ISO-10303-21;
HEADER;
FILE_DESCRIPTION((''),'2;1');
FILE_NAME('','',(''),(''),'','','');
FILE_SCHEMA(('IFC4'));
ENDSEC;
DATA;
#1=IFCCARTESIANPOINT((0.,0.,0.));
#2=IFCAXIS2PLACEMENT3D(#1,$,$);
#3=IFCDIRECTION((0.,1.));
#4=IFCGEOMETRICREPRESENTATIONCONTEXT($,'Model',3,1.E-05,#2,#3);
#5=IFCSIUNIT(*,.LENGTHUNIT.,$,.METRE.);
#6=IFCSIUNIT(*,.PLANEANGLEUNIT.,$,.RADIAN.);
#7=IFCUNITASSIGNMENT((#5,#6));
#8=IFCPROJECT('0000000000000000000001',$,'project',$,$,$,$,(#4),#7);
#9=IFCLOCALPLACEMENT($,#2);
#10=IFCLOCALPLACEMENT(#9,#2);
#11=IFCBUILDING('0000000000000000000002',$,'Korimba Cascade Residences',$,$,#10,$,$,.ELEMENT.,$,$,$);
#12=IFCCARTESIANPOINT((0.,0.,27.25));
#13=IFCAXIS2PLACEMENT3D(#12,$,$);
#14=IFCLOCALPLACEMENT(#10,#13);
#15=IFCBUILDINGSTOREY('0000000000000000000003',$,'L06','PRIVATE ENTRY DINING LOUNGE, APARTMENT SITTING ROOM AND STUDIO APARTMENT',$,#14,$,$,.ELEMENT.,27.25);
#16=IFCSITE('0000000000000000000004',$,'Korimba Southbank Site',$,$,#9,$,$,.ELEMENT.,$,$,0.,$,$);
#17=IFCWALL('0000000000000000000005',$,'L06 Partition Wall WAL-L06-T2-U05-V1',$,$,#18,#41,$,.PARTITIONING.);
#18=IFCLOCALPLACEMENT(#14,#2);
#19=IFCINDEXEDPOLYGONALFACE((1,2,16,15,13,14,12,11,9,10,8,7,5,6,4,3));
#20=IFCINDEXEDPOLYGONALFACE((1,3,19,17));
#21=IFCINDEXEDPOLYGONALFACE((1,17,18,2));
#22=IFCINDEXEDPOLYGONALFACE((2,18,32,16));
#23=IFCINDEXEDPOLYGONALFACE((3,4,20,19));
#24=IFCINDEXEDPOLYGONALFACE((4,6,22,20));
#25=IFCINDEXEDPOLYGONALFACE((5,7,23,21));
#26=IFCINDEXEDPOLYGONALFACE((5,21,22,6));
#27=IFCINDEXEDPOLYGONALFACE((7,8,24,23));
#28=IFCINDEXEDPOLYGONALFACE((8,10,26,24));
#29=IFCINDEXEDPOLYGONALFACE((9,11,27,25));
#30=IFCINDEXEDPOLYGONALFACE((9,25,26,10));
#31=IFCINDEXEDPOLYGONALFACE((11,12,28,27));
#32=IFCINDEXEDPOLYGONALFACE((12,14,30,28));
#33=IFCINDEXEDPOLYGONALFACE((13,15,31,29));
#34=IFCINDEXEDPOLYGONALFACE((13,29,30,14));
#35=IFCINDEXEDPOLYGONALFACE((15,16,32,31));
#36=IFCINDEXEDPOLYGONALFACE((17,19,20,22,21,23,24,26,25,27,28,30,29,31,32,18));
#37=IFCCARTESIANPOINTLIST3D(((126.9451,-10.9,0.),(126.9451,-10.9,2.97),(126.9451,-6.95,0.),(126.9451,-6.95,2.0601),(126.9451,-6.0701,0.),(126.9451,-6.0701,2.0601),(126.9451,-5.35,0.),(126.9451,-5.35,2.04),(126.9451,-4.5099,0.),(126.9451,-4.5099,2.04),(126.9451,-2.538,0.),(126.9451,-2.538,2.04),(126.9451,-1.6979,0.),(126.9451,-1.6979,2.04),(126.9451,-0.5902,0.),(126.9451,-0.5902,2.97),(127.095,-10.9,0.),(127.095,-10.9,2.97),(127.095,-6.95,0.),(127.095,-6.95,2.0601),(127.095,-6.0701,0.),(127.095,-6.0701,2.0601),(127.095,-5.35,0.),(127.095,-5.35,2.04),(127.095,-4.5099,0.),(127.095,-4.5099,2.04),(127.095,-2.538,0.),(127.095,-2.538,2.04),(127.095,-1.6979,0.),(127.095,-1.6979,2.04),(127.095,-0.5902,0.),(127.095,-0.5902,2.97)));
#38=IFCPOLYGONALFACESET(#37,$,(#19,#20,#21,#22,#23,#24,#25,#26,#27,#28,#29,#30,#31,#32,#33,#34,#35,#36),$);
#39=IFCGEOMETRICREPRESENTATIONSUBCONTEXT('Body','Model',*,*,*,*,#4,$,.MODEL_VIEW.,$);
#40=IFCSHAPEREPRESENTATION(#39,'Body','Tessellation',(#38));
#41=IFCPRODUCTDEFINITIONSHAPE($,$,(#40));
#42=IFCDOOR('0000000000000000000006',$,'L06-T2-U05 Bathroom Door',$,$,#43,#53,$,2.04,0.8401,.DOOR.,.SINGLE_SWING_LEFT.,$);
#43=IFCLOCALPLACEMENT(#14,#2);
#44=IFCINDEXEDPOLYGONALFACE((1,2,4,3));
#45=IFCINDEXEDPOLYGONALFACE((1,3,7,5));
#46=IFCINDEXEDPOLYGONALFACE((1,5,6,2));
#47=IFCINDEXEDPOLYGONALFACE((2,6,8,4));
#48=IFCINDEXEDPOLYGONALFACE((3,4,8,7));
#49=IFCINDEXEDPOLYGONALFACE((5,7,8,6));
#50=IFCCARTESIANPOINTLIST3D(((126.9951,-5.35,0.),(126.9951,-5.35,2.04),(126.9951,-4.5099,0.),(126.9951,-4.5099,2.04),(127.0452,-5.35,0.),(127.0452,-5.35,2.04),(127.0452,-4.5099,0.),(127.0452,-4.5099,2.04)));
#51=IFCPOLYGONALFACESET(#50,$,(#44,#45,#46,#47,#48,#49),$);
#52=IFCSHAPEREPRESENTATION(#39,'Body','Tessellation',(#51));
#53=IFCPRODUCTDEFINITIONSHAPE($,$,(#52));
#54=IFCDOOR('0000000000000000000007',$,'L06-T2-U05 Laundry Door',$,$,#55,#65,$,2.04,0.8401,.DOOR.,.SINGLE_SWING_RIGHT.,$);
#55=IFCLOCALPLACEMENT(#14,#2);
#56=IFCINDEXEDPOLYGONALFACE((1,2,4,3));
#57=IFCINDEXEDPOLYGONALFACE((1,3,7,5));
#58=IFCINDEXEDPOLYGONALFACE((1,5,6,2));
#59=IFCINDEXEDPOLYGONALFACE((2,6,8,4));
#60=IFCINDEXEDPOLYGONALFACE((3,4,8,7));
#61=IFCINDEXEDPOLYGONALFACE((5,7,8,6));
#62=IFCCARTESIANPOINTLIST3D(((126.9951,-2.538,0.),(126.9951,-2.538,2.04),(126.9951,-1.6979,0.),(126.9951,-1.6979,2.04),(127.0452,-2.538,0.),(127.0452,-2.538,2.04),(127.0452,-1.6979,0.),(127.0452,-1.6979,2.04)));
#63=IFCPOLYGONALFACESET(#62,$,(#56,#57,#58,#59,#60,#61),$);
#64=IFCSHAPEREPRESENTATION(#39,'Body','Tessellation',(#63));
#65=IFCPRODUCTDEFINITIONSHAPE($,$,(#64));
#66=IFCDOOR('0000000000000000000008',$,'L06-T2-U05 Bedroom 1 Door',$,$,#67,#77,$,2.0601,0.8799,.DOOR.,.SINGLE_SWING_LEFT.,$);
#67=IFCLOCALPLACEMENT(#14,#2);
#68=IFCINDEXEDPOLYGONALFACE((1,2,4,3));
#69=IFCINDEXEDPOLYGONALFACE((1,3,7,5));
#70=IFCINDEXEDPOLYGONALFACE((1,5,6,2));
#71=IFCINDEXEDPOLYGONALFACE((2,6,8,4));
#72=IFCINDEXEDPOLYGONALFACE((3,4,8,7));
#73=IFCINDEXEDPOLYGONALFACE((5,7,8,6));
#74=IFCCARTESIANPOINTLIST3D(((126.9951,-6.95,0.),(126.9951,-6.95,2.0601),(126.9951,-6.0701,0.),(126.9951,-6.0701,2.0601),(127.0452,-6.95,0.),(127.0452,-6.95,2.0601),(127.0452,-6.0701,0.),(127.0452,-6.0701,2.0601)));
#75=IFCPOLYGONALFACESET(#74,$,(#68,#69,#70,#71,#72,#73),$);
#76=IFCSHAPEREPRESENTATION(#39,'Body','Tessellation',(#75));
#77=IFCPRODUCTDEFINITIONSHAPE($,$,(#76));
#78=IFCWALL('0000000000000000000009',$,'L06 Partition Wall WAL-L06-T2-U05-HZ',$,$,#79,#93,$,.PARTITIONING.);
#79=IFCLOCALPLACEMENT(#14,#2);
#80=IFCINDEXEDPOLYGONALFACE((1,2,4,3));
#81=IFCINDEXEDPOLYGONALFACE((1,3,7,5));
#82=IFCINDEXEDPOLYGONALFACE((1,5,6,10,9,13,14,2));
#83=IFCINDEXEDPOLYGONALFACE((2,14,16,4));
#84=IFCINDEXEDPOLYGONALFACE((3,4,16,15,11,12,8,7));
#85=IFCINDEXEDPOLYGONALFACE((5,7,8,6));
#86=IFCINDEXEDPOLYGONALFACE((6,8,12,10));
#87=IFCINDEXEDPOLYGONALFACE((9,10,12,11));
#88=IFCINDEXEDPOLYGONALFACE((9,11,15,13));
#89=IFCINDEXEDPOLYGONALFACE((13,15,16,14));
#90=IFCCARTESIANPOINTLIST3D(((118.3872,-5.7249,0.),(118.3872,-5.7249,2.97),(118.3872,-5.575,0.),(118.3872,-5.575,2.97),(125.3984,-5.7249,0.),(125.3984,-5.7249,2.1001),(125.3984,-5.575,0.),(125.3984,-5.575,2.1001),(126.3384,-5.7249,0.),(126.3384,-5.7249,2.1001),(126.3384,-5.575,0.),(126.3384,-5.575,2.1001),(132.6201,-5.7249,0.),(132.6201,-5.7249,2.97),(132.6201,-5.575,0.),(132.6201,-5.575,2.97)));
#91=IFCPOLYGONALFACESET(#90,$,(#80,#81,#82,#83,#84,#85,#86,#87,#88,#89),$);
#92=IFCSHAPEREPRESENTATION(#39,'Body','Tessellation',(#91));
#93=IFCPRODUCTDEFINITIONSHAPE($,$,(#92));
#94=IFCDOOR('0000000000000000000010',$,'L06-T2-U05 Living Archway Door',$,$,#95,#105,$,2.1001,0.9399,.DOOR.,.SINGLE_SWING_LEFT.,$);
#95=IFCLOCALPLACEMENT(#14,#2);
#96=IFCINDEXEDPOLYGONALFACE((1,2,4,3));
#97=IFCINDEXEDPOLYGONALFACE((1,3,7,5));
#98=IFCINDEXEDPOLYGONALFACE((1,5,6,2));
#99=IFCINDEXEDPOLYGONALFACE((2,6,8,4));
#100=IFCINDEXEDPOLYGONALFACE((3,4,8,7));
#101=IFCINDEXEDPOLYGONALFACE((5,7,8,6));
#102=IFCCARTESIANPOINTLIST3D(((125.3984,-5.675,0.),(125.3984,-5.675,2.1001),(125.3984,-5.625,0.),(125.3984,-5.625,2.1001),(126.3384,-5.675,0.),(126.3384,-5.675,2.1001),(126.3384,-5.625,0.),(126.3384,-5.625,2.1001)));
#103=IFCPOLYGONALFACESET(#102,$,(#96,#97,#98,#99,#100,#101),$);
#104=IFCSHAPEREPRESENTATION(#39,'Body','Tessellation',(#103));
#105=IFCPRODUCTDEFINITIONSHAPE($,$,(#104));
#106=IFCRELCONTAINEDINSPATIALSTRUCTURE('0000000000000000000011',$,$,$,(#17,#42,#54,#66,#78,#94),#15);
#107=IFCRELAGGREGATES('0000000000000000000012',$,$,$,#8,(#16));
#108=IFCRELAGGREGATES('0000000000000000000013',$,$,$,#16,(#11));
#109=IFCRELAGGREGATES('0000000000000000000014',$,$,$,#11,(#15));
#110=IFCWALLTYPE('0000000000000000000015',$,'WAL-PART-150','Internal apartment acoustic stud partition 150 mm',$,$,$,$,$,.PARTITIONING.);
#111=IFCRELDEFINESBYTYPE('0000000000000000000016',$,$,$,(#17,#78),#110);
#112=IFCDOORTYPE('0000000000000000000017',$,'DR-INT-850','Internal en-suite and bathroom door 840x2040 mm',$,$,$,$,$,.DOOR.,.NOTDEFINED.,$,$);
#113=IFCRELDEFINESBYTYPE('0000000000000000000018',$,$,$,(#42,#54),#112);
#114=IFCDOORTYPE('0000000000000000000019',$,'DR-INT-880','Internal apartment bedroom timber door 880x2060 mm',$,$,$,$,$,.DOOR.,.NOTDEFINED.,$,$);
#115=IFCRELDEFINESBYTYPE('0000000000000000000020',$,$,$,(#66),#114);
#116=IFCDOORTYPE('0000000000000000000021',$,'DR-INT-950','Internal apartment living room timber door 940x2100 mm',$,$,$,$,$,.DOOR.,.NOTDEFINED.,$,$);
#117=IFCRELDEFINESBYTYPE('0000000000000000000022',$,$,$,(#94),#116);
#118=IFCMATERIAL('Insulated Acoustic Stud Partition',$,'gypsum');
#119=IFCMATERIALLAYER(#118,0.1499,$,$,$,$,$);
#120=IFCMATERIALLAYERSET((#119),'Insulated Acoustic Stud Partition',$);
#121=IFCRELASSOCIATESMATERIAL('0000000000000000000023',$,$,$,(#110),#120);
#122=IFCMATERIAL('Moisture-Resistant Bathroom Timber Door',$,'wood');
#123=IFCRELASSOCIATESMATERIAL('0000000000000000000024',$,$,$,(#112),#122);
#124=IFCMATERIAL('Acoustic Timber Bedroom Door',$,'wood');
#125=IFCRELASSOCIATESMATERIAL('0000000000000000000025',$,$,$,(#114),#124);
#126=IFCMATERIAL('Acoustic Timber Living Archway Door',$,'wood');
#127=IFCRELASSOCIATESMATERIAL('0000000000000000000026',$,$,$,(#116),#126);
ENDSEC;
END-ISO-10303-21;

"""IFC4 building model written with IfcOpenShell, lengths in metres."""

from ifc_helpers import new_model, si_unit, direction, frame, frame_2d, origin, place, context, subcontext, project, spatial, rectangle, extrude, material, layer, layer_set, type_object, element, fill, save


model = new_model("IFC4")

# Units and contexts
model_context = context("Model", 3, precision=1e-05, world=origin(), true_north=direction((0.0, 1.0)))
body_context = subcontext(model_context, "Body", "Model", "MODEL_VIEW")
ifc_project = project(units=[si_unit("LENGTHUNIT", "METRE"), si_unit("PLANEANGLEUNIT", "RADIAN")], contexts=[model_context])

# Site, building, storey
site_placement = place(None, origin())
site = spatial("IfcSite", under=ifc_project, at=site_placement, Name="Korimba Southbank Site", CompositionType="ELEMENT", RefElevation=0.0)
building_placement = place(site_placement, origin())
building = spatial("IfcBuilding", under=site, at=building_placement, Name="Korimba Cascade Residences", CompositionType="ELEMENT")
storey_placement = place(building_placement, frame((0.0, 0.0, 27.25)))
storey = spatial("IfcBuildingStorey", under=building, at=storey_placement, Name="L06", Description="PRIVATE ENTRY DINING LOUNGE, APARTMENT SITTING ROOM AND STUDIO APARTMENT", CompositionType="ELEMENT", Elevation=27.25)

# Wall, openings, doors
ifc_material_1 = material(Name="Insulated Acoustic Stud Partition", Category="gypsum")
ifc_layer_1 = layer(ifc_material_1, 0.1499)
ifc_layer_set_1 = layer_set([ifc_layer_1], Name="Insulated Acoustic Stud Partition")
wall_type_1 = type_object("IfcWallType", Name="WAL-PART-150", Description="Internal apartment acoustic stud partition 150 mm", PredefinedType="PARTITIONING", material=ifc_layer_set_1)
wall_1_placement = place(storey_placement, frame((127.02, -10.8999, 0.0), z_axis=(0.0, 0.0, 1.0), x_axis=(0.0, 1.0, 0.0)))
wall_1 = element("IfcWall", 1, at=wall_1_placement, inside=storey, type_object=wall_type_1, Name="L06 Partition Wall WAL-L06-T2-U05-V1", PredefinedType="PARTITIONING", context=body_context, shape_type="SweptSolid", body=[
    extrude(rectangle(XDim=10.3098, YDim=0.1499, at=frame_2d((5.1548, 0.0))), origin(), (0.0, 0.0, 1.0), 2.97),
])
opening_1_placement = place(wall_1_placement, frame((5.55, 0.0, 0.0)))
opening_1 = element("IfcOpeningElement", 2, at=opening_1_placement, cuts=wall_1, PredefinedType="OPENING", context=body_context, shape_type="SweptSolid", body=[
    extrude(rectangle(XDim=0.8401, YDim=2.04, at=frame_2d((0.4199, 1.02))), frame((0.0, 0.085, 0.0), z_axis=(0.0, -1.0, 0.0), x_axis=(1.0, 0.0, 0.0)), (0.0, 0.0, 1.0), 0.1699),
])
opening_2_placement = place(wall_1_placement, frame((8.3621, 0.0, 0.0)))
opening_2 = element("IfcOpeningElement", 3, at=opening_2_placement, cuts=wall_1, PredefinedType="OPENING", context=body_context, shape_type="SweptSolid", body=[
    extrude(rectangle(XDim=0.8401, YDim=2.04, at=frame_2d((0.4199, 1.02))), frame((0.0, 0.085, 0.0), z_axis=(0.0, -1.0, 0.0), x_axis=(1.0, 0.0, 0.0)), (0.0, 0.0, 1.0), 0.1699),
])
opening_3_placement = place(wall_1_placement, frame((3.95, 0.0, 0.0)))
opening_3 = element("IfcOpeningElement", 4, at=opening_3_placement, cuts=wall_1, PredefinedType="OPENING", context=body_context, shape_type="SweptSolid", body=[
    extrude(rectangle(XDim=0.8799, YDim=2.0601, at=frame_2d((0.4399, 1.03))), frame((0.0, 0.085, 0.0), z_axis=(0.0, -1.0, 0.0), x_axis=(1.0, 0.0, 0.0)), (0.0, 0.0, 1.0), 0.1699),
])
ifc_material_2 = material(Name="Moisture-Resistant Bathroom Timber Door", Category="wood")
door_type_1 = type_object("IfcDoorType", Name="DR-INT-850", Description="Internal en-suite and bathroom door 840x2040 mm", OperationType="NOTDEFINED", PredefinedType="DOOR", material=ifc_material_2)
door_1_placement = place(opening_1_placement, origin())
door_1 = element("IfcDoor", 5, at=door_1_placement, inside=storey, type_object=door_type_1, Name="L06-T2-U05 Bathroom Door", OperationType="SINGLE_SWING_LEFT", OverallHeight=2.04, OverallWidth=0.8401, PredefinedType="DOOR", context=body_context, shape_type="SweptSolid", body=[
    extrude(rectangle(XDim=0.8401, YDim=2.04, at=frame_2d((0.4199, 1.02))), frame((0.0, 0.0249, 0.0), z_axis=(0.0, -1.0, 0.0), x_axis=(1.0, 0.0, 0.0)), (0.0, 0.0, 1.0), 0.05),
])
fill(opening_1, door_1)
door_2_placement = place(opening_2_placement, origin())
door_2 = element("IfcDoor", 6, at=door_2_placement, inside=storey, type_object=door_type_1, Name="L06-T2-U05 Laundry Door", OperationType="SINGLE_SWING_RIGHT", OverallHeight=2.04, OverallWidth=0.8401, PredefinedType="DOOR", context=body_context, shape_type="SweptSolid", body=[
    extrude(rectangle(XDim=0.8401, YDim=2.04, at=frame_2d((0.4199, 1.02))), frame((0.0, 0.0249, 0.0), z_axis=(0.0, -1.0, 0.0), x_axis=(1.0, 0.0, 0.0)), (0.0, 0.0, 1.0), 0.05),
])
fill(opening_2, door_2)
ifc_material_3 = material(Name="Acoustic Timber Bedroom Door", Category="wood")
door_type_2 = type_object("IfcDoorType", Name="DR-INT-880", Description="Internal apartment bedroom timber door 880x2060 mm", OperationType="NOTDEFINED", PredefinedType="DOOR", material=ifc_material_3)
door_3_placement = place(opening_3_placement, origin())
door_3 = element("IfcDoor", 7, at=door_3_placement, inside=storey, type_object=door_type_2, Name="L06-T2-U05 Bedroom 1 Door", OperationType="SINGLE_SWING_LEFT", OverallHeight=2.0601, OverallWidth=0.8799, PredefinedType="DOOR", context=body_context, shape_type="SweptSolid", body=[
    extrude(rectangle(XDim=0.8799, YDim=2.0601, at=frame_2d((0.4399, 1.03))), frame((0.0, 0.0249, 0.0), z_axis=(0.0, -1.0, 0.0), x_axis=(1.0, 0.0, 0.0)), (0.0, 0.0, 1.0), 0.05),
])
fill(opening_3, door_3)

# Wall, opening, door
wall_2_placement = place(storey_placement, frame((118.3872, -5.6499, 0.0), z_axis=(0.0, 0.0, 1.0), x_axis=(1.0, 0.0, 0.0)))
wall_2 = element("IfcWall", 8, at=wall_2_placement, inside=storey, type_object=wall_type_1, Name="L06 Partition Wall WAL-L06-T2-U05-HZ", PredefinedType="PARTITIONING", context=body_context, shape_type="SweptSolid", body=[
    extrude(rectangle(XDim=14.2329, YDim=0.1499, at=frame_2d((7.1165, 0.0))), origin(), (0.0, 0.0, 1.0), 2.97),
])
opening_4_placement = place(wall_2_placement, frame((7.0112, 0.0, 0.0)))
opening_4 = element("IfcOpeningElement", 9, at=opening_4_placement, cuts=wall_2, PredefinedType="OPENING", context=body_context, shape_type="SweptSolid", body=[
    extrude(rectangle(XDim=0.9399, YDim=2.1001, at=frame_2d((0.47, 1.05))), frame((0.0, 0.085, 0.0), z_axis=(0.0, -1.0, 0.0), x_axis=(1.0, 0.0, 0.0)), (0.0, 0.0, 1.0), 0.1699),
])
ifc_material_4 = material(Name="Acoustic Timber Living Archway Door", Category="wood")
door_type_3 = type_object("IfcDoorType", Name="DR-INT-950", Description="Internal apartment living room timber door 940x2100 mm", OperationType="NOTDEFINED", PredefinedType="DOOR", material=ifc_material_4)
door_4_placement = place(opening_4_placement, origin())
door_4 = element("IfcDoor", 10, at=door_4_placement, inside=storey, type_object=door_type_3, Name="L06-T2-U05 Living Archway Door", OperationType="SINGLE_SWING_LEFT", OverallHeight=2.1001, OverallWidth=0.9399, PredefinedType="DOOR", context=body_context, shape_type="SweptSolid", body=[
    extrude(rectangle(XDim=0.9399, YDim=2.1001, at=frame_2d((0.47, 1.05))), frame((0.0, 0.0249, 0.0), z_axis=(0.0, -1.0, 0.0), x_axis=(1.0, 0.0, 0.0)), (0.0, 0.0, 1.0), 0.05),
])
fill(opening_4, door_4)

save(model, "model.ifc")
